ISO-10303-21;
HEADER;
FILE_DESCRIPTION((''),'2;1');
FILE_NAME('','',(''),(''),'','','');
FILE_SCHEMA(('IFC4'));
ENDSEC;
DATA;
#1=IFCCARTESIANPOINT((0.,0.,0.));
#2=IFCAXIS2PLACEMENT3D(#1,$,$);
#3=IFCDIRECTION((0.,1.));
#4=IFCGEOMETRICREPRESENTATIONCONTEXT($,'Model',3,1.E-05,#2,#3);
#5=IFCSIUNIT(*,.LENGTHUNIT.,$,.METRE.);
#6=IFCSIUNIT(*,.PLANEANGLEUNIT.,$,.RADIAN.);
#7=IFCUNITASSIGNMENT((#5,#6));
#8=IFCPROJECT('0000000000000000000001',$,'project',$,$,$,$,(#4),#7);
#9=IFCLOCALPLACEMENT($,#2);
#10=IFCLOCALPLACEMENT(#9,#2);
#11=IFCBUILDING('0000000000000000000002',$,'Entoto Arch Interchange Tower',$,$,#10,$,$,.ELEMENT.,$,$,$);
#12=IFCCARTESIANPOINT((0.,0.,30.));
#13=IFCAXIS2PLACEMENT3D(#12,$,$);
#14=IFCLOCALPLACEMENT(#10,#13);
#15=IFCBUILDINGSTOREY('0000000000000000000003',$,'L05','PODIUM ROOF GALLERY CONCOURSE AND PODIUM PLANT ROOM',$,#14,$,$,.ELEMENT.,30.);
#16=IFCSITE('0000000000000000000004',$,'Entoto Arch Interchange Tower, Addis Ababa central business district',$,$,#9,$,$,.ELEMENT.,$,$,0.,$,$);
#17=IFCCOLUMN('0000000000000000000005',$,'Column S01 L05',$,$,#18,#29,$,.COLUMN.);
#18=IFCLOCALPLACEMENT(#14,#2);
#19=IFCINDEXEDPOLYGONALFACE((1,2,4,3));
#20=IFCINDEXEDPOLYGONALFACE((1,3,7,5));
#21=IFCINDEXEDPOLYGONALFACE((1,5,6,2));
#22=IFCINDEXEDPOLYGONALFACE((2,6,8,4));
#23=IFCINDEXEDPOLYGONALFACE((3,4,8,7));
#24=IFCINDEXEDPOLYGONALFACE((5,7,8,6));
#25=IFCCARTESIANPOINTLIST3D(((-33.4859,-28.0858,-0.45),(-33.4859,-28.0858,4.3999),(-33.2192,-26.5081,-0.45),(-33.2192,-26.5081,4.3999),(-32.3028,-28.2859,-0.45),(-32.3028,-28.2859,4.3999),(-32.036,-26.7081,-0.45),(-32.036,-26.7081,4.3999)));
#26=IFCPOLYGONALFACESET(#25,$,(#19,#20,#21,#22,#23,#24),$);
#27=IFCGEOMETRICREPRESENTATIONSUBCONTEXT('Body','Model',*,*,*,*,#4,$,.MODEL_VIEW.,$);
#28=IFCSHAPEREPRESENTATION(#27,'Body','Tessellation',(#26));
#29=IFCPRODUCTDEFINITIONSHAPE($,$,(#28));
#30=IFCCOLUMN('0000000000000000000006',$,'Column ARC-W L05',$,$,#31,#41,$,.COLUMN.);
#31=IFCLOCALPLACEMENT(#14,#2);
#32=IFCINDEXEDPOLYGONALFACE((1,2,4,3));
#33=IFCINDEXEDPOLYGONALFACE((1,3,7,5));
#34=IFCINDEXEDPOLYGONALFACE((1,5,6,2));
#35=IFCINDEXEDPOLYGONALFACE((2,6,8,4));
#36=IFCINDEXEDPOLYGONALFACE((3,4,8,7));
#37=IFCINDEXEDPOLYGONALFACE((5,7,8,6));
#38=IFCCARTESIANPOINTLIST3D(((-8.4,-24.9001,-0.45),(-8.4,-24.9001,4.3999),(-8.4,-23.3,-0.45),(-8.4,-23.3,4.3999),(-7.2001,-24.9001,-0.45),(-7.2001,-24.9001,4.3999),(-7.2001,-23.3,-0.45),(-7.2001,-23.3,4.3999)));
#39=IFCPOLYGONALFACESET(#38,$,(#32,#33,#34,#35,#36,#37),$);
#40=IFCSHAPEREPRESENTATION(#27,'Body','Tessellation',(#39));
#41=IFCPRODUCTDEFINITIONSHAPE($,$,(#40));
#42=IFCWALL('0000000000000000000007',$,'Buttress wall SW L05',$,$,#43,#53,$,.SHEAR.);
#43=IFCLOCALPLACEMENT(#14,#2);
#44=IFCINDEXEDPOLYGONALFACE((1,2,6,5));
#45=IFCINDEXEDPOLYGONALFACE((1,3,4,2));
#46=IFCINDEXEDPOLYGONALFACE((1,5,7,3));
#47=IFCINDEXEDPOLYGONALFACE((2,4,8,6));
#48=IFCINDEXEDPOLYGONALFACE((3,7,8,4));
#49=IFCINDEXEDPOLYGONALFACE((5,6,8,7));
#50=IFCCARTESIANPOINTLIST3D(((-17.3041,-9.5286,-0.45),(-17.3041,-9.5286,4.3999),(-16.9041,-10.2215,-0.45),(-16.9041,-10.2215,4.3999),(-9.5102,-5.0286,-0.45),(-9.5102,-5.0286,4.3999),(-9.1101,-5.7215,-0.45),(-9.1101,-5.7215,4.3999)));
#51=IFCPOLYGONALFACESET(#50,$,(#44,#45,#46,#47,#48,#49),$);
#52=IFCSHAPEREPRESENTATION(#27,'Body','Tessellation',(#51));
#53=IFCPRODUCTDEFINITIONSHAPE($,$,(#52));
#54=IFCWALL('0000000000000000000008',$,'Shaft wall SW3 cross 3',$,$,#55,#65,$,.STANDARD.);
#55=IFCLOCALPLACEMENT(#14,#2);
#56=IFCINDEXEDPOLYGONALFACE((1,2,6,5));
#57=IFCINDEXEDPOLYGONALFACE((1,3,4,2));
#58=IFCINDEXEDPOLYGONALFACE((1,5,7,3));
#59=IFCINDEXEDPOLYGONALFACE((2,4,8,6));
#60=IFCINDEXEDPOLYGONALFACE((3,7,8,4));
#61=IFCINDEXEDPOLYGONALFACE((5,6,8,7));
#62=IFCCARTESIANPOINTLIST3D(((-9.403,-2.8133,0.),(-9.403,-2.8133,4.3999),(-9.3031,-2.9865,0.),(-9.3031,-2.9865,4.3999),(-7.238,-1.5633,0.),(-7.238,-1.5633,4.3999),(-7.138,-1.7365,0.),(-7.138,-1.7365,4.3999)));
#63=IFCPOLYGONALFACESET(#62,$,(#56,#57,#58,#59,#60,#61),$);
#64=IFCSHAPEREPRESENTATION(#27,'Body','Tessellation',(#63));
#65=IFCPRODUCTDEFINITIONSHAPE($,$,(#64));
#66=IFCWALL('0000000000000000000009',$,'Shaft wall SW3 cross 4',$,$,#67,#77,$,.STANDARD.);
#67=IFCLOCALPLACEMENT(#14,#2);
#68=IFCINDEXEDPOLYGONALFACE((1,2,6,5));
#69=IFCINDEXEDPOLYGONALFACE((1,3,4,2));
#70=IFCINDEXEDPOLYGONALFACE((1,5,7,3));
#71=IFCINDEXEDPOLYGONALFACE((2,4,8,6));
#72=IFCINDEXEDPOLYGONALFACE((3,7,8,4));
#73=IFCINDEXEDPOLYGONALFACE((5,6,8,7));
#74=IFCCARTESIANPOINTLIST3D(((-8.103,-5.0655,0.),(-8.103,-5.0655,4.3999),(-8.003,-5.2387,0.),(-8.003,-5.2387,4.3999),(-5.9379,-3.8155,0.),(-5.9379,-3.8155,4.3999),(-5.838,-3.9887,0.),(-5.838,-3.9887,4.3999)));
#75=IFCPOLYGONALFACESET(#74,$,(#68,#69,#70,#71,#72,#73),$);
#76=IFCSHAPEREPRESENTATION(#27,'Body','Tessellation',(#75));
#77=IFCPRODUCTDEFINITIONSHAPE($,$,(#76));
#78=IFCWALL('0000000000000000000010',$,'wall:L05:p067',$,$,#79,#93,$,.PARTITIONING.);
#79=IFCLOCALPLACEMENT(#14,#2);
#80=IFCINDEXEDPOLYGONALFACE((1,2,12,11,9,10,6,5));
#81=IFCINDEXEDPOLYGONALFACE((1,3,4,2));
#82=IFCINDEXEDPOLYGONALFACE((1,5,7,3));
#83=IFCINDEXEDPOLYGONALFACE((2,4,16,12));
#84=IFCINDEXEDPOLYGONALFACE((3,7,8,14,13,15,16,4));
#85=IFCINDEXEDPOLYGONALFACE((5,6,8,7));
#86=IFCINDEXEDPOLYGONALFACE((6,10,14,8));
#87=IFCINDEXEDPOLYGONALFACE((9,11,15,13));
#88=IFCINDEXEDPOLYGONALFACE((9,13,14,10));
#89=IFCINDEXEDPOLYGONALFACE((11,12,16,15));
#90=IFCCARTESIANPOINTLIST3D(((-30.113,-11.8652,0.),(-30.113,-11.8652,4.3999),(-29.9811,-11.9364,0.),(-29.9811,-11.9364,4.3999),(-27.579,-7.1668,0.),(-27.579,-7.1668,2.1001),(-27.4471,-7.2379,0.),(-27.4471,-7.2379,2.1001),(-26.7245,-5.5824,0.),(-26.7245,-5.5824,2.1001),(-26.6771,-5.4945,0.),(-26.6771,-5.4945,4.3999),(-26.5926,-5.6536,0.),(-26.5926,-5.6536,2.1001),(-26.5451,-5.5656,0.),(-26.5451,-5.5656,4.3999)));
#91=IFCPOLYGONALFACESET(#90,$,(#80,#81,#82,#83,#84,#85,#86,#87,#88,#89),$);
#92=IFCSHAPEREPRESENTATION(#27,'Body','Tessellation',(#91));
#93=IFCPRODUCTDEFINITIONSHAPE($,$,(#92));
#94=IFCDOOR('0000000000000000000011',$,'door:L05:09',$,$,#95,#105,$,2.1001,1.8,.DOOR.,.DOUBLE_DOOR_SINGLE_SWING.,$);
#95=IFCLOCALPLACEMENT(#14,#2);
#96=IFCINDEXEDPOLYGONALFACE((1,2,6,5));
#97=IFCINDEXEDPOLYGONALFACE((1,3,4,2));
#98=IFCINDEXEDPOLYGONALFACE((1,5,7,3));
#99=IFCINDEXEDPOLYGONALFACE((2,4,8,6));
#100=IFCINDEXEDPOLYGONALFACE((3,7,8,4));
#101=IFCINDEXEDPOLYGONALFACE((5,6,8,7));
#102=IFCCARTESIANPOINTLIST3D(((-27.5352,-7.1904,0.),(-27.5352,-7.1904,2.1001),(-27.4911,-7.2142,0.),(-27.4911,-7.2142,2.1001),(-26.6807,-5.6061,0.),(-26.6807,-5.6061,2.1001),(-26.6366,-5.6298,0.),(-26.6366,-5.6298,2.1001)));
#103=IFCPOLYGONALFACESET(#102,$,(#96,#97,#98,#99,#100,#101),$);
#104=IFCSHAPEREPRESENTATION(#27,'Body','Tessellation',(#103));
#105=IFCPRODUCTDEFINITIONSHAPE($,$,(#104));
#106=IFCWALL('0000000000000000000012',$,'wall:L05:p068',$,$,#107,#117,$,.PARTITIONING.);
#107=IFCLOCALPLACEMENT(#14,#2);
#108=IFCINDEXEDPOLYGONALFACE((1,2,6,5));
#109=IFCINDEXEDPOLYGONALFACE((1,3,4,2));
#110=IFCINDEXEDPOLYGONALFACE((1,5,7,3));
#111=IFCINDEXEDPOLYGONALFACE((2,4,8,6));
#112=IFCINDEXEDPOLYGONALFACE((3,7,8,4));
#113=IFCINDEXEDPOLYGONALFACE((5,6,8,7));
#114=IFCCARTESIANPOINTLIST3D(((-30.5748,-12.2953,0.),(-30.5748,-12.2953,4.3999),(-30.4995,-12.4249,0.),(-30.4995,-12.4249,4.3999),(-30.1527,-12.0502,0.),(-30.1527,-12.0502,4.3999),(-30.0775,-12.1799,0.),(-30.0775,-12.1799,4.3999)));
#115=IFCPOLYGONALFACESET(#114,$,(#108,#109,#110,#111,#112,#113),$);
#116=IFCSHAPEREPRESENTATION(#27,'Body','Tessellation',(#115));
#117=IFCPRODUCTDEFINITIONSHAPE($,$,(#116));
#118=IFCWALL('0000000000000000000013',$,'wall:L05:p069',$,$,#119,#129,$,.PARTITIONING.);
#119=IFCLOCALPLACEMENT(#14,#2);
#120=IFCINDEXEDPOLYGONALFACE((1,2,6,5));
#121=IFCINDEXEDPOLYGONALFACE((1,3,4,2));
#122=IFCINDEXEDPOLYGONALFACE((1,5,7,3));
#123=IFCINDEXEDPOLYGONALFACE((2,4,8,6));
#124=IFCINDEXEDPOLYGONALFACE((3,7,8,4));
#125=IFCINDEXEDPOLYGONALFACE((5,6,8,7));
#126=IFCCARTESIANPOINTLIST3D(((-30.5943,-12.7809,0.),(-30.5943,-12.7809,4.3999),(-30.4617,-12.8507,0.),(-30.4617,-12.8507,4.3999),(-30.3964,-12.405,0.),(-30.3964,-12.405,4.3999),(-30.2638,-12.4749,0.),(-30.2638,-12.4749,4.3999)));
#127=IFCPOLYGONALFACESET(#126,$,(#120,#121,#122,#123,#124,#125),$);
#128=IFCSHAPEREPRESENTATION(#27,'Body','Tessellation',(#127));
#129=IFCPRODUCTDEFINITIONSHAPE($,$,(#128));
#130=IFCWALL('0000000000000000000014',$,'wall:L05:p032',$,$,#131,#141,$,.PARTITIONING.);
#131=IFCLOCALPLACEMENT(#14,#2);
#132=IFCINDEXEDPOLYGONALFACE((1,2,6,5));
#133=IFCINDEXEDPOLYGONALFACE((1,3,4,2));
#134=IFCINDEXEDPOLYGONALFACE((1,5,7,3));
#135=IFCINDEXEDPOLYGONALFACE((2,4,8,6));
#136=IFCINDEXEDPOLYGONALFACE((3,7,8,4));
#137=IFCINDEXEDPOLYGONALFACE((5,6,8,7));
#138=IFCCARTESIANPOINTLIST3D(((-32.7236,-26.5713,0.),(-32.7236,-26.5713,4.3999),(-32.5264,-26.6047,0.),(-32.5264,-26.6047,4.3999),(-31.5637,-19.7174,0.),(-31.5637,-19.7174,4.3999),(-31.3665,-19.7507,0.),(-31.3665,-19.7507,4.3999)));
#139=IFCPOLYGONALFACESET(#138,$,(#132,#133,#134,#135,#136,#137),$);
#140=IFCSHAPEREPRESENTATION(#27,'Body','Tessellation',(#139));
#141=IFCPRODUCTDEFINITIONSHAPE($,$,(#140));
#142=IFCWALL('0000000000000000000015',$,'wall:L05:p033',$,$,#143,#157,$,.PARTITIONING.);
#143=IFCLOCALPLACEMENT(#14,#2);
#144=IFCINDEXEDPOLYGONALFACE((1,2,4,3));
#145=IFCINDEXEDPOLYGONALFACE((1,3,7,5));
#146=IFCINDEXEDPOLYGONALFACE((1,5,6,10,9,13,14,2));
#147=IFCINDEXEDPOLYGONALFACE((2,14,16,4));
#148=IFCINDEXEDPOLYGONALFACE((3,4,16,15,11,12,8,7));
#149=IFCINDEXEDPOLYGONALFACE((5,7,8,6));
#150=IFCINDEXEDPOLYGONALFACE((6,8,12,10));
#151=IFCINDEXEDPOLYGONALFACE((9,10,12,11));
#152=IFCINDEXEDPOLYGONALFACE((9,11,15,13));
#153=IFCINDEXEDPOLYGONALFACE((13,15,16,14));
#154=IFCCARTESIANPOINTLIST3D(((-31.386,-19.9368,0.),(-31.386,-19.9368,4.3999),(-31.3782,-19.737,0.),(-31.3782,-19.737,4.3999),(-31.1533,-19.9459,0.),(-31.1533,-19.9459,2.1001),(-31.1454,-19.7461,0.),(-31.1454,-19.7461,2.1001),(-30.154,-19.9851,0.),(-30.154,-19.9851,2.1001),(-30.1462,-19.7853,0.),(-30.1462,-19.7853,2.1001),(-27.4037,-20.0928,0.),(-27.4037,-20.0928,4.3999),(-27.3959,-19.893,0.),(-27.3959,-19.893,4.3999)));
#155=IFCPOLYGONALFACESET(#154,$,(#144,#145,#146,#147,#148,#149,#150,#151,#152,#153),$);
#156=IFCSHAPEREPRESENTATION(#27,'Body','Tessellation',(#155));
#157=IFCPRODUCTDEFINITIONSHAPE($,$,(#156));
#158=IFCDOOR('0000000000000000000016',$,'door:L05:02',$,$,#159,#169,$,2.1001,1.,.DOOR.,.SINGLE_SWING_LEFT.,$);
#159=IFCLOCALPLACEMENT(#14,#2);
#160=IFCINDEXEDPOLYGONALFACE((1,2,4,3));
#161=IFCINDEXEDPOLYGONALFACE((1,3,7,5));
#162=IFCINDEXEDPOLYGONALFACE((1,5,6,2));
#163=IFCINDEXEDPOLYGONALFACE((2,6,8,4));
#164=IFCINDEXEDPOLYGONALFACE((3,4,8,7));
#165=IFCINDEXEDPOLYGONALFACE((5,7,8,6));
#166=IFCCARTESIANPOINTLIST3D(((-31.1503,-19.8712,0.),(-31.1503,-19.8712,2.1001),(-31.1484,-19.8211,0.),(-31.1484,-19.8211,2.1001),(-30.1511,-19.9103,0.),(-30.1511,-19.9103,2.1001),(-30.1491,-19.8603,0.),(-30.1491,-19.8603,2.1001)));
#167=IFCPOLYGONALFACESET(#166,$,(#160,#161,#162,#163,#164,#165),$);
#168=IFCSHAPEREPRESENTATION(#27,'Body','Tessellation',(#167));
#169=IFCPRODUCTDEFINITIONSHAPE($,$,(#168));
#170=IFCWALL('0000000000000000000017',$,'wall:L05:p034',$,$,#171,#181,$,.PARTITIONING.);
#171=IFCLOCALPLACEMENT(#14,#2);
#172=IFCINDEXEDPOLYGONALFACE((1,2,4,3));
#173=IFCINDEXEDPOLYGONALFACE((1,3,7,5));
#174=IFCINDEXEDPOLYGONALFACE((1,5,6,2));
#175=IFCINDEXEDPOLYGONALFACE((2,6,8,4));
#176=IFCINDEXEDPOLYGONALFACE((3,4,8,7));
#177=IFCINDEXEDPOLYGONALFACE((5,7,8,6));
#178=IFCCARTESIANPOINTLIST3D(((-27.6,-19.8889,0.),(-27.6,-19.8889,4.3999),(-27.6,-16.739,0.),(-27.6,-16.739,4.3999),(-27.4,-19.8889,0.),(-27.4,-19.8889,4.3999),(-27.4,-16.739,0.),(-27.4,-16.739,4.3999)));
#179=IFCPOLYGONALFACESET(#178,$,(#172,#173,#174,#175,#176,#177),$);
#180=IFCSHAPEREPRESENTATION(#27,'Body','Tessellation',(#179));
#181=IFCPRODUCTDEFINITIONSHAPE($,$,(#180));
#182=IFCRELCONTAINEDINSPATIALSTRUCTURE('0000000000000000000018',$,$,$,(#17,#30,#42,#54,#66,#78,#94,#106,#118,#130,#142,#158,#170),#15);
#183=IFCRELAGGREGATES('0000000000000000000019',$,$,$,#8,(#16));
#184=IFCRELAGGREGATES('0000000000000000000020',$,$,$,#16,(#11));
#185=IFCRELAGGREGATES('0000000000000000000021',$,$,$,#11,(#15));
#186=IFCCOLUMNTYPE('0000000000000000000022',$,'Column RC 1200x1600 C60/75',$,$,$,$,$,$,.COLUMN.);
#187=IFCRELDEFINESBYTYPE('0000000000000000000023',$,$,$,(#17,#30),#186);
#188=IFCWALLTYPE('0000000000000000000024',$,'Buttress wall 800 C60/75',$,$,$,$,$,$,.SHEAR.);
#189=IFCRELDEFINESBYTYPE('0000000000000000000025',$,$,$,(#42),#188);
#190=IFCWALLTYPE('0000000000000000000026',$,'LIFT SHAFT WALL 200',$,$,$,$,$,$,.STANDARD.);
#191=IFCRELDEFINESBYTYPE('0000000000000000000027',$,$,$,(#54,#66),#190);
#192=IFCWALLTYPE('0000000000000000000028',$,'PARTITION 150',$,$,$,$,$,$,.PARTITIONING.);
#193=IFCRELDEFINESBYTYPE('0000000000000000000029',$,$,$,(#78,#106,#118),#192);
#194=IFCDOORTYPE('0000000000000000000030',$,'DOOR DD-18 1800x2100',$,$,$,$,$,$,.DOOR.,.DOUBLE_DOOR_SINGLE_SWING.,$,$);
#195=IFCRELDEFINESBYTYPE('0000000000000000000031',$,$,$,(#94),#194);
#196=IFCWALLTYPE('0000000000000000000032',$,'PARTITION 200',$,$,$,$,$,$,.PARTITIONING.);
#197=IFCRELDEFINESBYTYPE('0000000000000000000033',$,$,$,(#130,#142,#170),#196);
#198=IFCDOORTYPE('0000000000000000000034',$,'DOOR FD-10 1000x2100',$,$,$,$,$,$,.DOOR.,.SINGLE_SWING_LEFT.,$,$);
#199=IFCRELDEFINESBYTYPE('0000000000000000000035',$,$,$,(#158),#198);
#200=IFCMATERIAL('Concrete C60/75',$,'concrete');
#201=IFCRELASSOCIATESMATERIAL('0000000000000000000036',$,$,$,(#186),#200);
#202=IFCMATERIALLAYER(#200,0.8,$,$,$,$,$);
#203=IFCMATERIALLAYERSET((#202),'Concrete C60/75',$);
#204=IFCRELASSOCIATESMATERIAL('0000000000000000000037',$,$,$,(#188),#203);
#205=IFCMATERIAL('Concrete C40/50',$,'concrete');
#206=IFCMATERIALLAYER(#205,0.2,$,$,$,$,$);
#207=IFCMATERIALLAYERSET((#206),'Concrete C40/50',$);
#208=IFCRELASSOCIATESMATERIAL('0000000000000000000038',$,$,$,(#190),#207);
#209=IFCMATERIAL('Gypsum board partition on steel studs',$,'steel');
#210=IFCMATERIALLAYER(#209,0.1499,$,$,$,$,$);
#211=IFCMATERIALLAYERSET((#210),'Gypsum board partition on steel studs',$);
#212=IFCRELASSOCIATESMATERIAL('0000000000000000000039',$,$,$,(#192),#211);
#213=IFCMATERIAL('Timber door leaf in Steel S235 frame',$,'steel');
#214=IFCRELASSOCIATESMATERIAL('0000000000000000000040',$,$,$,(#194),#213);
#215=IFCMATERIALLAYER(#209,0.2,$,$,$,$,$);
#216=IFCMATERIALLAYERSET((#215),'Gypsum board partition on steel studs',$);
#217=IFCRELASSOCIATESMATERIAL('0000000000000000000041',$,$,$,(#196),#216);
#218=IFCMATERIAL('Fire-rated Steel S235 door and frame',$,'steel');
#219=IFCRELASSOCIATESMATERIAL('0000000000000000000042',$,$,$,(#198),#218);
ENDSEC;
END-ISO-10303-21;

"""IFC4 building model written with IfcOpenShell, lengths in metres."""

from ifc_helpers import new_model, si_unit, direction, frame, frame_2d, origin, origin_2d, place, context, subcontext, project, spatial, rectangle, extrude, material, layer, layer_set, material_profile, profile_set, type_object, element, fill, save


model = new_model("IFC4")

# Units and contexts
model_context = context("Model", 3, precision=1e-05, world=origin(), true_north=direction((0.0, 1.0)))
body_context = subcontext(model_context, "Body", "Model", "MODEL_VIEW")
ifc_project = project(units=[si_unit("LENGTHUNIT", "METRE"), si_unit("PLANEANGLEUNIT", "RADIAN")], contexts=[model_context])

# Site, building, storey
site_placement = place(None, origin())
site = spatial("IfcSite", under=ifc_project, at=site_placement, Name="Entoto Arch Interchange Tower, Addis Ababa central business district", CompositionType="ELEMENT", RefElevation=0.0)
building_placement = place(site_placement, origin())
building = spatial("IfcBuilding", under=site, at=building_placement, Name="Entoto Arch Interchange Tower", CompositionType="ELEMENT")
storey_placement = place(building_placement, frame((0.0, 0.0, 30.0)))
storey = spatial("IfcBuildingStorey", under=building, at=storey_placement, Name="L05", Description="PODIUM ROOF GALLERY CONCOURSE AND PODIUM PLANT ROOM", CompositionType="ELEMENT", Elevation=30.0)

# Columns
ifc_material_1 = material(Name="Concrete C60/75", Category="concrete")
ifc_material_profile = material_profile(ifc_material_1, rectangle(XDim=1.2, YDim=1.6001, at=origin_2d()))
ifc_profile_set = profile_set([ifc_material_profile], Name="Concrete C60/75")
column_type = type_object("IfcColumnType", Name="Column RC 1200x1600 C60/75", PredefinedType="COLUMN", material=ifc_profile_set)
for number, where, z_axis, x_axis, name in (
    (1, (-32.761, -27.397, -0.45), (0.0, 0.0, 1.0), (-0.986005, 0.166717, 0.0), "Column S01 L05"),
    (2, (-7.8, -24.1001, -0.45), (0.0, 0.0, 1.0), (1.0, 0.0, 0.0), "Column ARC-W L05"),
):
    element("IfcColumn", number, at=place(storey_placement, frame(where, z_axis=z_axis, x_axis=x_axis)), inside=storey, type_object=column_type, Name=name, PredefinedType="COLUMN", context=body_context, shape_type="SweptSolid", body=[
        extrude(rectangle(XDim=1.2, YDim=1.6001, at=origin_2d()), origin(), (0.0, 0.0, 1.0), 4.8499),
    ])

# Walls
ifc_layer_1 = layer(ifc_material_1, 0.8)
ifc_layer_set_1 = layer_set([ifc_layer_1], Name="Concrete C60/75")
wall_type_1 = type_object("IfcWallType", Name="Buttress wall 800 C60/75", PredefinedType="SHEAR", material=ifc_layer_set_1)
wall_1_placement = place(storey_placement, frame((-9.3101, -5.375, -0.45), z_axis=(0.0, 0.0, 1.0), x_axis=(-0.866018, -0.500014, 0.0)))
element("IfcWall", 3, at=wall_1_placement, inside=storey, type_object=wall_type_1, Name="Buttress wall SW L05", PredefinedType="SHEAR", context=body_context, shape_type="SweptSolid", body=[
    extrude(rectangle(XDim=8.9998, YDim=0.8, at=frame_2d((4.5, 0.0))), origin(), (0.0, 0.0, 1.0), 4.8499),
])
ifc_material_2 = material(Name="Concrete C40/50", Category="concrete")
ifc_layer_2 = layer(ifc_material_2, 0.2)
ifc_layer_set_2 = layer_set([ifc_layer_2], Name="Concrete C40/50")
wall_type_2 = type_object("IfcWallType", Name="LIFT SHAFT WALL 200", PredefinedType="STANDARD", material=ifc_layer_set_2)
for number, where, z_axis, x_axis, name in (
    (4, (-7.188, -1.6499, 0.0), (0.0, 0.0, 1.0), (-0.866023, -0.500004, 0.0), "Shaft wall SW3 cross 3"),
    (5, (-5.8879, -3.9021, 0.0), (0.0, 0.0, 1.0), (-0.866023, -0.500004, 0.0), "Shaft wall SW3 cross 4"),
):
    element("IfcWall", number, at=place(storey_placement, frame(where, z_axis=z_axis, x_axis=x_axis)), inside=storey, type_object=wall_type_2, Name=name, PredefinedType="STANDARD", context=body_context, shape_type="SweptSolid", body=[
        extrude(rectangle(XDim=2.5, YDim=0.2, at=frame_2d((1.25, 0.0))), origin(), (0.0, 0.0, 1.0), 4.3999),
    ])

# Wall, opening, door
ifc_material_3 = material(Name="Gypsum board partition on steel studs", Category="steel")
ifc_layer_3 = layer(ifc_material_3, 0.1499)
ifc_layer_set_3 = layer_set([ifc_layer_3], Name="Gypsum board partition on steel studs")
wall_type_3 = type_object("IfcWallType", Name="PARTITION 150", PredefinedType="PARTITIONING", material=ifc_layer_set_3)
wall_2_placement = place(storey_placement, frame((-26.6111, -5.53, 0.0), z_axis=(0.0, 0.0, 1.0), x_axis=(-0.474697, -0.880149, 0.0)))
wall_2 = element("IfcWall", 6, at=wall_2_placement, inside=storey, type_object=wall_type_3, Name="wall:L05:p067", PredefinedType="PARTITIONING", context=body_context, shape_type="SweptSolid", body=[
    extrude(rectangle(XDim=7.2383, YDim=0.1499, at=frame_2d((3.6191, 0.0))), origin(), (0.0, 0.0, 1.0), 4.3999),
])
opening_1_placement = place(wall_2_placement, frame((0.1001, 0.0, 0.0)))
opening_1 = element("IfcOpeningElement", 7, at=opening_1_placement, cuts=wall_2, PredefinedType="OPENING", context=body_context, shape_type="SweptSolid", body=[
    extrude(rectangle(XDim=1.8, YDim=2.1001, at=frame_2d((0.8999, 1.05))), frame((0.0, 0.085, 0.0), z_axis=(0.0, -1.0, 0.0), x_axis=(1.0, 0.0, 0.0)), (0.0, 0.0, 1.0), 0.1699),
])
ifc_material_4 = material(Name="Timber door leaf in Steel S235 frame", Category="steel")
door_type_1 = type_object("IfcDoorType", Name="DOOR DD-18 1800x2100", OperationType="DOUBLE_DOOR_SINGLE_SWING", PredefinedType="DOOR", material=ifc_material_4)
door_1_placement = place(opening_1_placement, origin())
door_1 = element("IfcDoor", 8, at=door_1_placement, inside=storey, type_object=door_type_1, Name="door:L05:09", OperationType="DOUBLE_DOOR_SINGLE_SWING", OverallHeight=2.1001, OverallWidth=1.8, PredefinedType="DOOR", context=body_context, shape_type="SweptSolid", body=[
    extrude(rectangle(XDim=1.8, YDim=2.1001, at=frame_2d((0.8999, 1.05))), frame((0.0, 0.0249, 0.0), z_axis=(0.0, -1.0, 0.0), x_axis=(1.0, 0.0, 0.0)), (0.0, 0.0, 1.0), 0.05),
])
fill(opening_1, door_1)

# Walls
wall_3_placement = place(storey_placement, frame((-30.115, -12.115, 0.0), z_axis=(0.0, 0.0, 1.0), x_axis=(-0.864775, -0.50216, 0.0)))
element("IfcWall", 9, at=wall_3_placement, inside=storey, type_object=wall_type_3, Name="wall:L05:p068", PredefinedType="PARTITIONING", context=body_context, shape_type="SweptSolid", body=[
    extrude(rectangle(XDim=0.488, YDim=0.1499, at=frame_2d((0.2441, 0.0))), origin(), (0.0, 0.0, 1.0), 4.3999),
])
wall_4_placement = place(storey_placement, frame((-30.3301, -12.4399, 0.0), z_axis=(0.0, 0.0, 1.0), x_axis=(-0.46596, -0.884806, 0.0)))
element("IfcWall", 10, at=wall_4_placement, inside=storey, type_object=wall_type_3, Name="wall:L05:p069", PredefinedType="PARTITIONING", context=body_context, shape_type="SweptSolid", body=[
    extrude(rectangle(XDim=0.4248, YDim=0.1499, at=frame_2d((0.2124, 0.0))), origin(), (0.0, 0.0, 1.0), 4.3999),
])
ifc_layer_4 = layer(ifc_material_3, 0.2)
ifc_layer_set_4 = layer_set([ifc_layer_4], Name="Gypsum board partition on steel studs")
wall_type_4 = type_object("IfcWallType", Name="PARTITION 200", PredefinedType="PARTITIONING", material=ifc_layer_set_4)
wall_5_placement = place(storey_placement, frame((-32.625, -26.5879, 0.0), z_axis=(0.0, 0.0, 1.0), x_axis=(0.166859, 0.985981, 0.0)))
element("IfcWall", 11, at=wall_5_placement, inside=storey, type_object=wall_type_4, Name="wall:L05:p032", PredefinedType="PARTITIONING", context=body_context, shape_type="SweptSolid", body=[
    extrude(rectangle(XDim=6.9514, YDim=0.2, at=frame_2d((3.4756, 0.0))), origin(), (0.0, 0.0, 1.0), 4.3999),
])

# Wall, opening, door
wall_6_placement = place(storey_placement, frame((-31.3821, -19.8369, 0.0), z_axis=(0.0, 0.0, 1.0), x_axis=(0.999234, -0.039146, 0.0)))
wall_6 = element("IfcWall", 12, at=wall_6_placement, inside=storey, type_object=wall_type_4, Name="wall:L05:p033", PredefinedType="PARTITIONING", context=body_context, shape_type="SweptSolid", body=[
    extrude(rectangle(XDim=3.9854, YDim=0.2, at=frame_2d((1.9927, 0.0))), origin(), (0.0, 0.0, 1.0), 4.3999),
])
opening_2_placement = place(wall_6_placement, frame((0.2329, 0.0, 0.0)))
opening_2 = element("IfcOpeningElement", 13, at=opening_2_placement, cuts=wall_6, PredefinedType="OPENING", context=body_context, shape_type="SweptSolid", body=[
    extrude(rectangle(XDim=1.0, YDim=2.1001, at=frame_2d((0.5, 1.05))), frame((0.0, 0.1099, 0.0), z_axis=(0.0, -1.0, 0.0), x_axis=(1.0, 0.0, 0.0)), (0.0, 0.0, 1.0), 0.22),
])
ifc_material_5 = material(Name="Fire-rated Steel S235 door and frame", Category="steel")
door_type_2 = type_object("IfcDoorType", Name="DOOR FD-10 1000x2100", OperationType="SINGLE_SWING_LEFT", PredefinedType="DOOR", material=ifc_material_5)
door_2_placement = place(opening_2_placement, origin())
door_2 = element("IfcDoor", 14, at=door_2_placement, inside=storey, type_object=door_type_2, Name="door:L05:02", OperationType="SINGLE_SWING_LEFT", OverallHeight=2.1001, OverallWidth=1.0, PredefinedType="DOOR", context=body_context, shape_type="SweptSolid", body=[
    extrude(rectangle(XDim=1.0, YDim=2.1001, at=frame_2d((0.5, 1.05))), frame((0.0, 0.0249, 0.0), z_axis=(0.0, -1.0, 0.0), x_axis=(1.0, 0.0, 0.0)), (0.0, 0.0, 1.0), 0.05),
])
fill(opening_2, door_2)

# Wall
wall_7_placement = place(storey_placement, frame((-27.5, -19.8889, 0.0), z_axis=(0.0, 0.0, 1.0), x_axis=(0.0, 1.0, 0.0)))
element("IfcWall", 15, at=wall_7_placement, inside=storey, type_object=wall_type_4, Name="wall:L05:p034", PredefinedType="PARTITIONING", context=body_context, shape_type="SweptSolid", body=[
    extrude(rectangle(XDim=3.1499, YDim=0.2, at=frame_2d((1.575, 0.0))), origin(), (0.0, 0.0, 1.0), 4.3999),
])

save(model, "model.ifc")
